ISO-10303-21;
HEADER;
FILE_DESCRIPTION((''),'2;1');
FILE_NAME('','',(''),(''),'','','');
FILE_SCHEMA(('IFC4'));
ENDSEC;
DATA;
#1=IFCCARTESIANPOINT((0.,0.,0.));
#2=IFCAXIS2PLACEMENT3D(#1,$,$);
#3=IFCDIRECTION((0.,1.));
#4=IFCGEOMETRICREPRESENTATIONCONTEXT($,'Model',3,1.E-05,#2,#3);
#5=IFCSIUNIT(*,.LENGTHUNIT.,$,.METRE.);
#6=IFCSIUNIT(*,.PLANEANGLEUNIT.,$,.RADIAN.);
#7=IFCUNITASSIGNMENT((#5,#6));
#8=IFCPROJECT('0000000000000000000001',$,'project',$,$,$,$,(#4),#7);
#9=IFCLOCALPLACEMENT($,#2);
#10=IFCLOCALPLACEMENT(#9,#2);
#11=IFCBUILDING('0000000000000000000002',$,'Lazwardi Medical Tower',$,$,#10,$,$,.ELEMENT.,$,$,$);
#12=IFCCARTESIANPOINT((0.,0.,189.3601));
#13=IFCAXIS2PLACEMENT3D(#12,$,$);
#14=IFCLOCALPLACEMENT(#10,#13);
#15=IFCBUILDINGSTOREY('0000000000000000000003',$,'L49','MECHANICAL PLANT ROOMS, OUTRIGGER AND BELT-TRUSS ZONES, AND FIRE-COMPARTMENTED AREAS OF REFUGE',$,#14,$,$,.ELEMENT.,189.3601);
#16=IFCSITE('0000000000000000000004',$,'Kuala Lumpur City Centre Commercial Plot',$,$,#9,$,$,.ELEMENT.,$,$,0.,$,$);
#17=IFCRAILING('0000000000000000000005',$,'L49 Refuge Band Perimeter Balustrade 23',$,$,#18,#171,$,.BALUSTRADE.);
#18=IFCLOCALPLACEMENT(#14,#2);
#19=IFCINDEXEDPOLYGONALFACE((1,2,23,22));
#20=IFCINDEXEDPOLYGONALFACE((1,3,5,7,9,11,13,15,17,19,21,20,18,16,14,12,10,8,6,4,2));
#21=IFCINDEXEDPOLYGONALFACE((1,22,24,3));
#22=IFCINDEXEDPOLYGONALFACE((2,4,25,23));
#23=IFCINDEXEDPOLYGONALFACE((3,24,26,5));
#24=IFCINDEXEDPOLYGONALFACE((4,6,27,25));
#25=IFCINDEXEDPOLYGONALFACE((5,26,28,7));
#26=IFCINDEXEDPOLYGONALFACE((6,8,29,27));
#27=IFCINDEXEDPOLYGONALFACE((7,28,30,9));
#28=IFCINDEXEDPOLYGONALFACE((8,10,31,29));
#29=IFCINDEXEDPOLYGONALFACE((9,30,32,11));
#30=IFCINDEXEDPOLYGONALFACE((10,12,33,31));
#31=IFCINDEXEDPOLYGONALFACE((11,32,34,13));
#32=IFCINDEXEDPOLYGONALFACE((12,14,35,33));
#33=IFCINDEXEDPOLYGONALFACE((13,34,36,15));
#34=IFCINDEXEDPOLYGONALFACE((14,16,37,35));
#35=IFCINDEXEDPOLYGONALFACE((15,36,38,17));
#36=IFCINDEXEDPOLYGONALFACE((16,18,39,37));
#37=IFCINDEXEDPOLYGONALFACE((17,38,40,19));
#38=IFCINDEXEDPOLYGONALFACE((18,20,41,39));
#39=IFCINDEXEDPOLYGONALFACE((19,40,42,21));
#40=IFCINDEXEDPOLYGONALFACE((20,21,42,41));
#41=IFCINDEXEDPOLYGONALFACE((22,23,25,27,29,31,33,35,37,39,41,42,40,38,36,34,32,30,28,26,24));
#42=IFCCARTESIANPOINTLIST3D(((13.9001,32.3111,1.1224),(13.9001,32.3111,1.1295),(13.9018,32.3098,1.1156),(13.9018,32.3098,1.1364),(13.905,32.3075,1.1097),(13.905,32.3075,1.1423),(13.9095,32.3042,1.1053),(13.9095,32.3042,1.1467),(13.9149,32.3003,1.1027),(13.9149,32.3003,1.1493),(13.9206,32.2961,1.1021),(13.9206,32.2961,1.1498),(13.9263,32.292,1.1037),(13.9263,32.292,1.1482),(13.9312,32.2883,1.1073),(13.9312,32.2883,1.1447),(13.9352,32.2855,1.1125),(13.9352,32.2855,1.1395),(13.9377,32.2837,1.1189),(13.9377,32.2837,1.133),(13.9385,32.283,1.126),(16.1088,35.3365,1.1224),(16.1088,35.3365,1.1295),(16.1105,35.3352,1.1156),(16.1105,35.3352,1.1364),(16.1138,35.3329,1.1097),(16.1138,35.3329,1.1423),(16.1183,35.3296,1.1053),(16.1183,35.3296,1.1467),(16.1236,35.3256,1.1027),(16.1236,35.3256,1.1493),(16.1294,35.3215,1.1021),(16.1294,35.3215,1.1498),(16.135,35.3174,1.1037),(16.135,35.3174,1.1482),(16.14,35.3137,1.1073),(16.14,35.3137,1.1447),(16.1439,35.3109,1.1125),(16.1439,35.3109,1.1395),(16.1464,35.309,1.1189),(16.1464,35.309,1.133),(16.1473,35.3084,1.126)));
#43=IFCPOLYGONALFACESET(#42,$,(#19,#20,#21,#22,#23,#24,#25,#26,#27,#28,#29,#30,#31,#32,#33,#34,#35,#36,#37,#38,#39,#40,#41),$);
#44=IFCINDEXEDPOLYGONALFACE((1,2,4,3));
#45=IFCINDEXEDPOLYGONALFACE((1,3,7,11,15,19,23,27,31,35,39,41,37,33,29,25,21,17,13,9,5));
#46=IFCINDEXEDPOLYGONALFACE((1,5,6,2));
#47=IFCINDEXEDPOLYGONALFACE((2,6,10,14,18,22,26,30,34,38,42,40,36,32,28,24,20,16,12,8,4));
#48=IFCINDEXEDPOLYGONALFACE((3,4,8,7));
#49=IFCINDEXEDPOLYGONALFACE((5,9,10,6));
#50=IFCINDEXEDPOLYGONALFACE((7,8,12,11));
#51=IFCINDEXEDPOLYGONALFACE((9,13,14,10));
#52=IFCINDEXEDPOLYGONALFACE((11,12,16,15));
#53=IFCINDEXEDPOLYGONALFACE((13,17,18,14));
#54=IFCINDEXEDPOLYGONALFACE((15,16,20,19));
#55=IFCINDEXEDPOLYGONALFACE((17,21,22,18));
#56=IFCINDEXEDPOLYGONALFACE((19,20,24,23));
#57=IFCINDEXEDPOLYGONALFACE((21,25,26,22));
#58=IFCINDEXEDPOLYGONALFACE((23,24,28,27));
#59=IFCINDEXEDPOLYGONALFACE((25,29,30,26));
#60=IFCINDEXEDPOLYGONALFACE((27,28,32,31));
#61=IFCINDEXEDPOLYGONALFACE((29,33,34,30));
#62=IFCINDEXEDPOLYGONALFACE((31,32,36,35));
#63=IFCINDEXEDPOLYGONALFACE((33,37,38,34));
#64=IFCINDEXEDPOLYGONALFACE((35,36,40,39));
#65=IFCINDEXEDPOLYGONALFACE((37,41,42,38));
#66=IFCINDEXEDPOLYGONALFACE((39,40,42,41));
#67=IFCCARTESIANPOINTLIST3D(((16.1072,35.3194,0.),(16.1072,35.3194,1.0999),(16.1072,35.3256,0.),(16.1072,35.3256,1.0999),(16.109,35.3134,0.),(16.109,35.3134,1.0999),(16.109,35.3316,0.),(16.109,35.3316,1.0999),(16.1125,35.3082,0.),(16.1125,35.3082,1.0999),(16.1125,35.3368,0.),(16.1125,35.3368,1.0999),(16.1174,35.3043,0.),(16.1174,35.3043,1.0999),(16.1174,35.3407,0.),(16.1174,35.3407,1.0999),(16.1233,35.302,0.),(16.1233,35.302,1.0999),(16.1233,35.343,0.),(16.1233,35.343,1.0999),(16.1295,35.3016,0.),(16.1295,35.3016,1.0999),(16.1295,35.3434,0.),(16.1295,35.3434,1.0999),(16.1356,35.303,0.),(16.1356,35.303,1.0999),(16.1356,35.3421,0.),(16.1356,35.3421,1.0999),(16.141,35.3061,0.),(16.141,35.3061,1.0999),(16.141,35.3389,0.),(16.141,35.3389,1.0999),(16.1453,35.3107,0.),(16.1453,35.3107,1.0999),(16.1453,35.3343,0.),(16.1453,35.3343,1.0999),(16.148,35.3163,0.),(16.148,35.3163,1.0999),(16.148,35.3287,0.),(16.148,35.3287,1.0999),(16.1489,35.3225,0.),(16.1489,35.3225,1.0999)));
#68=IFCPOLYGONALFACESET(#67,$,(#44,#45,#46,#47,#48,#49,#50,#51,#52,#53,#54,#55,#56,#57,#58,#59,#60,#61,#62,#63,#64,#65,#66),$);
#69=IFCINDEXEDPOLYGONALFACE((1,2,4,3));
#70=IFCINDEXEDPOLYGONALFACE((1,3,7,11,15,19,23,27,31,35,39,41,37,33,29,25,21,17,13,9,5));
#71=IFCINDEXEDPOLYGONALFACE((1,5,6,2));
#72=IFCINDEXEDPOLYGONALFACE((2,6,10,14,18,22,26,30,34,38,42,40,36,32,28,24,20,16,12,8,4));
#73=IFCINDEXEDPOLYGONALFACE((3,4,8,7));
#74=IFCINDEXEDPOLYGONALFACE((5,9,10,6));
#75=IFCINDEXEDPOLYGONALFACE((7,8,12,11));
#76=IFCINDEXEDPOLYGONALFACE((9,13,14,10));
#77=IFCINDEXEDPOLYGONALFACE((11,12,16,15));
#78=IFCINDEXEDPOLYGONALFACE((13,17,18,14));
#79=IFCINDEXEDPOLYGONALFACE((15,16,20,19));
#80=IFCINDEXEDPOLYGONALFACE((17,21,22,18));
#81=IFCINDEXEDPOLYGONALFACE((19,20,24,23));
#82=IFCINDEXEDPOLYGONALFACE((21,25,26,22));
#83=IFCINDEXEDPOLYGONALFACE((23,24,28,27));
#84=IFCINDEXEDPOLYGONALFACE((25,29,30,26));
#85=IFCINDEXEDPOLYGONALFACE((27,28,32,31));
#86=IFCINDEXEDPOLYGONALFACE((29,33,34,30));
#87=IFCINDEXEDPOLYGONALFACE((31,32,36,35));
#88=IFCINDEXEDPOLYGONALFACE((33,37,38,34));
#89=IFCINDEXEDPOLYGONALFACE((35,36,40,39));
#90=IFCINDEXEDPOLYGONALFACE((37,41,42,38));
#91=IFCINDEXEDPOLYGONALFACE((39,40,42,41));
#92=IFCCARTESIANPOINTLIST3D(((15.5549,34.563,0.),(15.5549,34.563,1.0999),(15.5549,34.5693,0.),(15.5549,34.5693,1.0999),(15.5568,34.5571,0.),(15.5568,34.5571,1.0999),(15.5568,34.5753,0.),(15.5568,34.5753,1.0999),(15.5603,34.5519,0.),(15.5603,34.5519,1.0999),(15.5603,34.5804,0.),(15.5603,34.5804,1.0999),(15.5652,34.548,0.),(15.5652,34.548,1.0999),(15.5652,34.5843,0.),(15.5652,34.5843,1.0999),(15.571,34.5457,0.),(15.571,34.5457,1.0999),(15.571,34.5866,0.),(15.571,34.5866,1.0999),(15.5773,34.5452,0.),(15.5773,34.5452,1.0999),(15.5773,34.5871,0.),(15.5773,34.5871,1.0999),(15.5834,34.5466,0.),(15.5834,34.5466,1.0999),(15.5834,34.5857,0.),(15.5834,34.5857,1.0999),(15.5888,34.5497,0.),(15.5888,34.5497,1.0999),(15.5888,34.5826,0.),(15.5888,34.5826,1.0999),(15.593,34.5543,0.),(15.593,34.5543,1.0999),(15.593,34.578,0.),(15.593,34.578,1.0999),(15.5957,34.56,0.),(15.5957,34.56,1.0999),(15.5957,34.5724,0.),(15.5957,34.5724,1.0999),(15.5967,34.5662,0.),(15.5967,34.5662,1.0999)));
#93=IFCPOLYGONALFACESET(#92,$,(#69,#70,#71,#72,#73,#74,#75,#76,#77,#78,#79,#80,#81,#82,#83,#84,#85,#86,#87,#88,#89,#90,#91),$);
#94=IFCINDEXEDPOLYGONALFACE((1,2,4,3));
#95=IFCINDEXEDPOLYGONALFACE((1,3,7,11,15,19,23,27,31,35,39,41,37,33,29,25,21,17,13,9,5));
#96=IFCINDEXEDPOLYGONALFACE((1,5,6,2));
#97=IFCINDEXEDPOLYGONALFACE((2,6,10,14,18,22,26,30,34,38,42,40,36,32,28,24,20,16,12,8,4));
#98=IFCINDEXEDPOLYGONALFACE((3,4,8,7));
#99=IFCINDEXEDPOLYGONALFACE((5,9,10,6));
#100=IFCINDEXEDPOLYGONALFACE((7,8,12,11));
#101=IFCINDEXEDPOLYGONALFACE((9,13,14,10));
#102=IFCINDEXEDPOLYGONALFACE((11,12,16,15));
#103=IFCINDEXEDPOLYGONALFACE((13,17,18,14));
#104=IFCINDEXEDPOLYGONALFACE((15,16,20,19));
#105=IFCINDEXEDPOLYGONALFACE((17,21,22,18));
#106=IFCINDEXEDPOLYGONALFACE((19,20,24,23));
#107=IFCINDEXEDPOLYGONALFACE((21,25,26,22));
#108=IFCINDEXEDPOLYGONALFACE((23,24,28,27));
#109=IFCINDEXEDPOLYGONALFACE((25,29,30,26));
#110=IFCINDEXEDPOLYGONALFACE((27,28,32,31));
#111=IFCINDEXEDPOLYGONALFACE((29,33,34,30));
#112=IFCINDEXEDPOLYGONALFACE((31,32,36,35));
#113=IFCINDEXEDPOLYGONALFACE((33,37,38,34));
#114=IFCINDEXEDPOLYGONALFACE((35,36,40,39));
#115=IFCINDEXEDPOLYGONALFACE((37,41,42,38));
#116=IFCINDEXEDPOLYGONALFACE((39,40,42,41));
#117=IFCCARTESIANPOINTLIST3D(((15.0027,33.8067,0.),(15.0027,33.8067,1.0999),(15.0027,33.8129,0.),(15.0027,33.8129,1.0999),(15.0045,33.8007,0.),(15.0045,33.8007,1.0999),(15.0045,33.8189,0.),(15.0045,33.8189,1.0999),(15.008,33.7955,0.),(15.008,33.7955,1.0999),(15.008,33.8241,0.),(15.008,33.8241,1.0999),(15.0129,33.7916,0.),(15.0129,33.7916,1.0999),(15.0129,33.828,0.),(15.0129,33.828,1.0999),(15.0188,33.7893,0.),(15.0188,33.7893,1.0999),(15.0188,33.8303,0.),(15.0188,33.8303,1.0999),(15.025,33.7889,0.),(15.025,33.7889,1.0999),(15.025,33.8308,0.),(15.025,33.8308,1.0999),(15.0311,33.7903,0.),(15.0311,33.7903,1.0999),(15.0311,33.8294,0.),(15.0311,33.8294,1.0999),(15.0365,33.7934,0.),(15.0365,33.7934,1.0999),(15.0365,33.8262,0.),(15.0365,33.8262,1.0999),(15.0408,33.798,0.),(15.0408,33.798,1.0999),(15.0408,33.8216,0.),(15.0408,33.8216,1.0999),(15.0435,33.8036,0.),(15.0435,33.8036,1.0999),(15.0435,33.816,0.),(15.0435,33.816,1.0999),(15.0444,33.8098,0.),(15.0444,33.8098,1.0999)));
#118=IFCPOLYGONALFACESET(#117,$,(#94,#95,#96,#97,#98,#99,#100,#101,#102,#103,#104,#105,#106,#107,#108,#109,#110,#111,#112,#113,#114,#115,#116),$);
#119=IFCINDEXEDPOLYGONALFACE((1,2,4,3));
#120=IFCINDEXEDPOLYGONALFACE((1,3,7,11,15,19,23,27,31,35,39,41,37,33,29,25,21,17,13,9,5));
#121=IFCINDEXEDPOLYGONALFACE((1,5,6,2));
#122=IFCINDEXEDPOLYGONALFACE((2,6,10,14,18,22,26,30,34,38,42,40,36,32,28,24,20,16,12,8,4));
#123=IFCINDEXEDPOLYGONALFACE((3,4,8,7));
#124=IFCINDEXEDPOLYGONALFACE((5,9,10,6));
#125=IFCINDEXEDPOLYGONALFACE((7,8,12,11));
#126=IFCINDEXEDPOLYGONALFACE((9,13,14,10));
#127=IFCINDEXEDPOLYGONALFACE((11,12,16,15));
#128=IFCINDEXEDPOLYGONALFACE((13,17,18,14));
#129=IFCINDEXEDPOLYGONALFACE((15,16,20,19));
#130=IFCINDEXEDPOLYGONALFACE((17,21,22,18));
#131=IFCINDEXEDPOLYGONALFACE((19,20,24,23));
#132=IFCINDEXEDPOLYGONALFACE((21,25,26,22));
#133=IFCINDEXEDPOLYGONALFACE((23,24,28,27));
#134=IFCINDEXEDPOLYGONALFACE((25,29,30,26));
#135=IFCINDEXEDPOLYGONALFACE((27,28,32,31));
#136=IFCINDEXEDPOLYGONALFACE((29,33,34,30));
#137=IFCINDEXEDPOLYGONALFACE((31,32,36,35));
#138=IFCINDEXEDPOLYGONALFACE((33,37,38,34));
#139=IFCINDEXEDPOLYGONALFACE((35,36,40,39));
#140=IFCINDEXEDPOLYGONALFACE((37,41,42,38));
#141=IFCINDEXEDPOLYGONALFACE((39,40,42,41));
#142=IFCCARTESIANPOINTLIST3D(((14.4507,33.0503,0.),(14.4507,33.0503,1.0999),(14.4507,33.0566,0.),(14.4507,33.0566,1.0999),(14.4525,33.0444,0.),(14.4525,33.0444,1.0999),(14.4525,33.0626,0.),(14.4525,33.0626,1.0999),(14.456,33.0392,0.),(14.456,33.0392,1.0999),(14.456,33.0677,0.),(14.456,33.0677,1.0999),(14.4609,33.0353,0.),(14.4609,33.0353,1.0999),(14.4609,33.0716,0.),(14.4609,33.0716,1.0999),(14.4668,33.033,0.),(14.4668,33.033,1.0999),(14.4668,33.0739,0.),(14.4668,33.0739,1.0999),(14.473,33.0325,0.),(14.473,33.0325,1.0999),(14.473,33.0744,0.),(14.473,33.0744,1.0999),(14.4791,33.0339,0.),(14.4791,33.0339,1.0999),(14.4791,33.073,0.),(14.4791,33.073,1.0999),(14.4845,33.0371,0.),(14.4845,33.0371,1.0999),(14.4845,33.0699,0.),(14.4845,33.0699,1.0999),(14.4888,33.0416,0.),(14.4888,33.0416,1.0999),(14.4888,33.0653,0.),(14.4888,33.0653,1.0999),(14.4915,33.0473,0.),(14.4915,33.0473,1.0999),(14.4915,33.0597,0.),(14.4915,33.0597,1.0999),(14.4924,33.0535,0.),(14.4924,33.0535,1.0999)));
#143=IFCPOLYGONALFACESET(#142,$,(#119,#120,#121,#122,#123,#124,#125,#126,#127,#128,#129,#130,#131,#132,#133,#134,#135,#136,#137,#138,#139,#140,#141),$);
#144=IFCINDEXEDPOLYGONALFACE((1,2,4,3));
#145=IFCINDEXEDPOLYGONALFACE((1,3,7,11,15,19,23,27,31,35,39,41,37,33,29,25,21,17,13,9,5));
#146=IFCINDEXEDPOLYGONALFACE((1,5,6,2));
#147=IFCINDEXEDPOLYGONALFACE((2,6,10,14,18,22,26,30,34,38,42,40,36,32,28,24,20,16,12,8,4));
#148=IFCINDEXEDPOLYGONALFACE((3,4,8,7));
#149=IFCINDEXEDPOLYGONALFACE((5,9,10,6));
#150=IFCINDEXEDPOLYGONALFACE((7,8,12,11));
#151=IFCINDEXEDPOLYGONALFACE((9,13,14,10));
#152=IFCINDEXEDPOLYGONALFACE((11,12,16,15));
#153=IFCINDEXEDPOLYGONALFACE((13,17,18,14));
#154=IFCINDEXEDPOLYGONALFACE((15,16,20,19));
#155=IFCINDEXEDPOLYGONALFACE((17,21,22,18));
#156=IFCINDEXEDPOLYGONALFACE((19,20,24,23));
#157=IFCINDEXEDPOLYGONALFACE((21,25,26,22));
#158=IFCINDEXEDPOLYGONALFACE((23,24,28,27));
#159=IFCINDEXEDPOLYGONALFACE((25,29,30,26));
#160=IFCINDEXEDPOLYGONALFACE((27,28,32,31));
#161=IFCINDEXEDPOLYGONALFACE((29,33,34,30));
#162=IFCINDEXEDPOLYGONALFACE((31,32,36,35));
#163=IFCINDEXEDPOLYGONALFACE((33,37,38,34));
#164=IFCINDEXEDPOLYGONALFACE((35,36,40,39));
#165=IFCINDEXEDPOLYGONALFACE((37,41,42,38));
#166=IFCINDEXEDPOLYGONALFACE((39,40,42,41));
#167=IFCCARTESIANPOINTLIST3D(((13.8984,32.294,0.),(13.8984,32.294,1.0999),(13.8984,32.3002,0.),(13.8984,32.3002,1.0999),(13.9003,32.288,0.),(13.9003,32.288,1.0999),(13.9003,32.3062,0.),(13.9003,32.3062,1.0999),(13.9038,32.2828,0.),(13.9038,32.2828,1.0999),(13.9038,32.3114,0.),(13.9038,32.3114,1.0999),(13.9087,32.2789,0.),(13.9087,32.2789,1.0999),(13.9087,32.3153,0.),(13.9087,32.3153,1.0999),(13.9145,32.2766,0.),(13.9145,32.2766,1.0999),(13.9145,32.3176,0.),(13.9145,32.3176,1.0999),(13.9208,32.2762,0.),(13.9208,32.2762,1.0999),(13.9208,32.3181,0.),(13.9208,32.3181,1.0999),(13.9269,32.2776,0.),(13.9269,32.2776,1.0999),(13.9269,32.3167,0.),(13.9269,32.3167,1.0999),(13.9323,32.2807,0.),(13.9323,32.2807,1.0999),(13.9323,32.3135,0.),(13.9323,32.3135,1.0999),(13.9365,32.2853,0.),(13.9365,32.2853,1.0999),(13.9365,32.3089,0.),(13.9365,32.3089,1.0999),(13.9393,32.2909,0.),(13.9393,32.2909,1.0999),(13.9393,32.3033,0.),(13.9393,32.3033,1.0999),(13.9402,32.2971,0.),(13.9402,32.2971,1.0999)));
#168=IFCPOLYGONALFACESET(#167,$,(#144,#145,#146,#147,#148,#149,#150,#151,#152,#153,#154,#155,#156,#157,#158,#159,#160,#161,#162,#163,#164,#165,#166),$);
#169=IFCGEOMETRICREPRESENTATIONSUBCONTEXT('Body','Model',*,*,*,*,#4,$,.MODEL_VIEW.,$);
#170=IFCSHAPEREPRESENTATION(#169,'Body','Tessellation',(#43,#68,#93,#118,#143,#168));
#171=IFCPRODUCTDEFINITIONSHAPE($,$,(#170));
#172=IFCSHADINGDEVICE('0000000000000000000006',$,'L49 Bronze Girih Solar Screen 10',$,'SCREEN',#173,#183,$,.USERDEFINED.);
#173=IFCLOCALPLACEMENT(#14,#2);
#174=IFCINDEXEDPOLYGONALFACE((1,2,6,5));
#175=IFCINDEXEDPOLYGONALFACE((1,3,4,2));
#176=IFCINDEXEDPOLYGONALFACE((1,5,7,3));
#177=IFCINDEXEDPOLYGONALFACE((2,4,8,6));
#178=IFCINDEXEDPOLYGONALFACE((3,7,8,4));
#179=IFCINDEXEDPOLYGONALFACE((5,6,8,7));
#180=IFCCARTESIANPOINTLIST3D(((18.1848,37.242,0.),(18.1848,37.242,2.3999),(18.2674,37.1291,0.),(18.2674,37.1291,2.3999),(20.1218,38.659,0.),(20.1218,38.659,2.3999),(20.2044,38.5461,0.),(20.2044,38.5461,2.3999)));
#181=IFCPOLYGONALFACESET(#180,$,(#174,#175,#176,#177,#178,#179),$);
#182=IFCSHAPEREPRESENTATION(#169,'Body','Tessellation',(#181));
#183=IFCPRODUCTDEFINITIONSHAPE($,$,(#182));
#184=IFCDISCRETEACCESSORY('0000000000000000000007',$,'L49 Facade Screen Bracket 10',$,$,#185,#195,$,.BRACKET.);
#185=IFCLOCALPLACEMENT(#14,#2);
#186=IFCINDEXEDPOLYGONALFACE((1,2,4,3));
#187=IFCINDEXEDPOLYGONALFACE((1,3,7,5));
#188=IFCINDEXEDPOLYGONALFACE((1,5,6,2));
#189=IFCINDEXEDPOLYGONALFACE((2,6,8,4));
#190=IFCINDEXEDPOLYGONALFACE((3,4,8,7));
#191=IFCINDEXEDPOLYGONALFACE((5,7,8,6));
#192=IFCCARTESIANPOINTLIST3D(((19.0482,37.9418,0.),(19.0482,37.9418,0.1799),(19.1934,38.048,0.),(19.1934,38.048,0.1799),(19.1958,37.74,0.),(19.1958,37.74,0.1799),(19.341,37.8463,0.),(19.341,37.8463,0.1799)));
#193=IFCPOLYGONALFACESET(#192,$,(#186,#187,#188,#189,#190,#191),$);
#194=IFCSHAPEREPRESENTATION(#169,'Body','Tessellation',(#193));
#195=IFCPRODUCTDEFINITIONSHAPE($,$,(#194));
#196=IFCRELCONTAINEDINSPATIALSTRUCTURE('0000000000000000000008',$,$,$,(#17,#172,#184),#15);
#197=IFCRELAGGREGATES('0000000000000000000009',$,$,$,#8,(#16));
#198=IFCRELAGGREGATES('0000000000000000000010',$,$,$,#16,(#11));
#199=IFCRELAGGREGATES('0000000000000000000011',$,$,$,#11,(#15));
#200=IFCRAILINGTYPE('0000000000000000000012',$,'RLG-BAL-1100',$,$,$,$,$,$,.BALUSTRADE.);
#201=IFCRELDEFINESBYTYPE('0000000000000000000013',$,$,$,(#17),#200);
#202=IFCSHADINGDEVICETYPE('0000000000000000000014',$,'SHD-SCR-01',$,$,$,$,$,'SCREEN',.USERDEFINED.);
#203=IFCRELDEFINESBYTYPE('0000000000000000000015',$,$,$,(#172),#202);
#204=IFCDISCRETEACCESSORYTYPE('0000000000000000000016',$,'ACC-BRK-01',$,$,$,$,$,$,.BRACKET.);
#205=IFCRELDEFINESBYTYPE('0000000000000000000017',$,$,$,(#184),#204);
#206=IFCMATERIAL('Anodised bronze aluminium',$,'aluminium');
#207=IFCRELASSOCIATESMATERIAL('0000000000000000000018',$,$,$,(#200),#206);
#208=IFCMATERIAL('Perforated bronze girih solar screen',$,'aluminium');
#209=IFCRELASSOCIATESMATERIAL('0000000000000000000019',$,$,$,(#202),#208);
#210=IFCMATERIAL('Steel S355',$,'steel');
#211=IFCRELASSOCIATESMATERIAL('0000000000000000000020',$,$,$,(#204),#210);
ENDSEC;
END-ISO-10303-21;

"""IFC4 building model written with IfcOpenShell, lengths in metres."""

from ifc_helpers import new_model, si_unit, direction, frame, origin, origin_2d, place, context, subcontext, project, spatial, rectangle, circle, extrude, material, type_object, element, save


model = new_model("IFC4")

# Units and contexts
model_context = context("Model", 3, precision=1e-05, world=origin(), true_north=direction((0.0, 1.0)))
body_context = subcontext(model_context, "Body", "Model", "MODEL_VIEW")
ifc_project = project(units=[si_unit("LENGTHUNIT", "METRE"), si_unit("PLANEANGLEUNIT", "RADIAN")], contexts=[model_context])

# Site, building, storey
site_placement = place(None, origin())
site = spatial("IfcSite", under=ifc_project, at=site_placement, Name="Kuala Lumpur City Centre Commercial Plot", CompositionType="ELEMENT", RefElevation=0.0)
building_placement = place(site_placement, origin())
building = spatial("IfcBuilding", under=site, at=building_placement, Name="Lazwardi Medical Tower", CompositionType="ELEMENT")
storey_placement = place(building_placement, frame((0.0, 0.0, 189.3601)))
storey = spatial("IfcBuildingStorey", under=building, at=storey_placement, Name="L49", Description="MECHANICAL PLANT ROOMS, OUTRIGGER AND BELT-TRUSS ZONES, AND FIRE-COMPARTMENTED AREAS OF REFUGE", CompositionType="ELEMENT", Elevation=189.3601)

# Shared definitions
ifc_material_1 = material(Name="Steel S355", Category="steel")

# Railing
ifc_material_2 = material(Name="Anodised bronze aluminium", Category="aluminium")
railing_type = type_object("IfcRailingType", Name="RLG-BAL-1100", PredefinedType="BALUSTRADE", material=ifc_material_2)
railing_1_placement = place(storey_placement, frame((16.1279, 35.3225, 0.0)))
element("IfcRailing", 1, at=railing_1_placement, inside=storey, type_object=railing_type, Name="L49 Refuge Band Perimeter Balustrade 23", PredefinedType="BALUSTRADE", context=body_context, shape_type="SweptSolid", body=[
    extrude(circle(Radius=0.0239, at=origin_2d()), frame((0.0, 0.0, 1.126), z_axis=(-0.589647, -0.807661, 0.0), x_axis=(0.807661, -0.589647, 0.0)), (0.0, 0.0, 1.0), 3.7458),
    extrude(circle(Radius=0.021, at=origin_2d()), origin(), (0.0, 0.0, 1.0), 1.0999),
    extrude(circle(Radius=0.021, at=origin_2d()), frame((-0.5522, -0.7563, 0.0)), (0.0, 0.0, 1.0), 1.0999),
    extrude(circle(Radius=0.021, at=origin_2d()), frame((-1.1045, -1.5127, 0.0)), (0.0, 0.0, 1.0), 1.0999),
    extrude(circle(Radius=0.021, at=origin_2d()), frame((-1.6565, -2.269, 0.0)), (0.0, 0.0, 1.0), 1.0999),
    extrude(circle(Radius=0.021, at=origin_2d()), frame((-2.2087, -3.0254, 0.0)), (0.0, 0.0, 1.0), 1.0999),
])

# Shading device
ifc_material_3 = material(Name="Perforated bronze girih solar screen", Category="aluminium")
shading_device_type = type_object("IfcShadingDeviceType", Name="SHD-SCR-01", ElementType="SCREEN", PredefinedType="USERDEFINED", material=ifc_material_3)
shading_device_placement = place(storey_placement, frame((19.1946, 37.894, 0.0), z_axis=(0.0, 0.0, 1.0), x_axis=(-0.8071, -0.590414, 0.0)))
element("IfcShadingDevice", 2, at=shading_device_placement, inside=storey, type_object=shading_device_type, Name="L49 Bronze Girih Solar Screen 10", ObjectType="SCREEN", PredefinedType="USERDEFINED", context=body_context, shape_type="SweptSolid", body=[
    extrude(rectangle(XDim=2.3999, YDim=0.1399, at=origin_2d()), origin(), (0.0, 0.0, 1.0), 2.3999),
])

# Discrete accessory
discrete_accessory_type = type_object("IfcDiscreteAccessoryType", Name="ACC-BRK-01", PredefinedType="BRACKET", material=ifc_material_1)
discrete_accessory_placement = place(storey_placement, frame((19.1946, 37.894, 0.0), z_axis=(0.0, 0.0, 1.0), x_axis=(-0.8071, -0.590414, 0.0)))
element("IfcDiscreteAccessory", 3, at=discrete_accessory_placement, inside=storey, type_object=discrete_accessory_type, Name="L49 Facade Screen Bracket 10", PredefinedType="BRACKET", context=body_context, shape_type="SweptSolid", body=[
    extrude(rectangle(XDim=0.1799, YDim=0.25, at=origin_2d()), origin(), (0.0, 0.0, 1.0), 0.1799),
])

save(model, "model.ifc")
